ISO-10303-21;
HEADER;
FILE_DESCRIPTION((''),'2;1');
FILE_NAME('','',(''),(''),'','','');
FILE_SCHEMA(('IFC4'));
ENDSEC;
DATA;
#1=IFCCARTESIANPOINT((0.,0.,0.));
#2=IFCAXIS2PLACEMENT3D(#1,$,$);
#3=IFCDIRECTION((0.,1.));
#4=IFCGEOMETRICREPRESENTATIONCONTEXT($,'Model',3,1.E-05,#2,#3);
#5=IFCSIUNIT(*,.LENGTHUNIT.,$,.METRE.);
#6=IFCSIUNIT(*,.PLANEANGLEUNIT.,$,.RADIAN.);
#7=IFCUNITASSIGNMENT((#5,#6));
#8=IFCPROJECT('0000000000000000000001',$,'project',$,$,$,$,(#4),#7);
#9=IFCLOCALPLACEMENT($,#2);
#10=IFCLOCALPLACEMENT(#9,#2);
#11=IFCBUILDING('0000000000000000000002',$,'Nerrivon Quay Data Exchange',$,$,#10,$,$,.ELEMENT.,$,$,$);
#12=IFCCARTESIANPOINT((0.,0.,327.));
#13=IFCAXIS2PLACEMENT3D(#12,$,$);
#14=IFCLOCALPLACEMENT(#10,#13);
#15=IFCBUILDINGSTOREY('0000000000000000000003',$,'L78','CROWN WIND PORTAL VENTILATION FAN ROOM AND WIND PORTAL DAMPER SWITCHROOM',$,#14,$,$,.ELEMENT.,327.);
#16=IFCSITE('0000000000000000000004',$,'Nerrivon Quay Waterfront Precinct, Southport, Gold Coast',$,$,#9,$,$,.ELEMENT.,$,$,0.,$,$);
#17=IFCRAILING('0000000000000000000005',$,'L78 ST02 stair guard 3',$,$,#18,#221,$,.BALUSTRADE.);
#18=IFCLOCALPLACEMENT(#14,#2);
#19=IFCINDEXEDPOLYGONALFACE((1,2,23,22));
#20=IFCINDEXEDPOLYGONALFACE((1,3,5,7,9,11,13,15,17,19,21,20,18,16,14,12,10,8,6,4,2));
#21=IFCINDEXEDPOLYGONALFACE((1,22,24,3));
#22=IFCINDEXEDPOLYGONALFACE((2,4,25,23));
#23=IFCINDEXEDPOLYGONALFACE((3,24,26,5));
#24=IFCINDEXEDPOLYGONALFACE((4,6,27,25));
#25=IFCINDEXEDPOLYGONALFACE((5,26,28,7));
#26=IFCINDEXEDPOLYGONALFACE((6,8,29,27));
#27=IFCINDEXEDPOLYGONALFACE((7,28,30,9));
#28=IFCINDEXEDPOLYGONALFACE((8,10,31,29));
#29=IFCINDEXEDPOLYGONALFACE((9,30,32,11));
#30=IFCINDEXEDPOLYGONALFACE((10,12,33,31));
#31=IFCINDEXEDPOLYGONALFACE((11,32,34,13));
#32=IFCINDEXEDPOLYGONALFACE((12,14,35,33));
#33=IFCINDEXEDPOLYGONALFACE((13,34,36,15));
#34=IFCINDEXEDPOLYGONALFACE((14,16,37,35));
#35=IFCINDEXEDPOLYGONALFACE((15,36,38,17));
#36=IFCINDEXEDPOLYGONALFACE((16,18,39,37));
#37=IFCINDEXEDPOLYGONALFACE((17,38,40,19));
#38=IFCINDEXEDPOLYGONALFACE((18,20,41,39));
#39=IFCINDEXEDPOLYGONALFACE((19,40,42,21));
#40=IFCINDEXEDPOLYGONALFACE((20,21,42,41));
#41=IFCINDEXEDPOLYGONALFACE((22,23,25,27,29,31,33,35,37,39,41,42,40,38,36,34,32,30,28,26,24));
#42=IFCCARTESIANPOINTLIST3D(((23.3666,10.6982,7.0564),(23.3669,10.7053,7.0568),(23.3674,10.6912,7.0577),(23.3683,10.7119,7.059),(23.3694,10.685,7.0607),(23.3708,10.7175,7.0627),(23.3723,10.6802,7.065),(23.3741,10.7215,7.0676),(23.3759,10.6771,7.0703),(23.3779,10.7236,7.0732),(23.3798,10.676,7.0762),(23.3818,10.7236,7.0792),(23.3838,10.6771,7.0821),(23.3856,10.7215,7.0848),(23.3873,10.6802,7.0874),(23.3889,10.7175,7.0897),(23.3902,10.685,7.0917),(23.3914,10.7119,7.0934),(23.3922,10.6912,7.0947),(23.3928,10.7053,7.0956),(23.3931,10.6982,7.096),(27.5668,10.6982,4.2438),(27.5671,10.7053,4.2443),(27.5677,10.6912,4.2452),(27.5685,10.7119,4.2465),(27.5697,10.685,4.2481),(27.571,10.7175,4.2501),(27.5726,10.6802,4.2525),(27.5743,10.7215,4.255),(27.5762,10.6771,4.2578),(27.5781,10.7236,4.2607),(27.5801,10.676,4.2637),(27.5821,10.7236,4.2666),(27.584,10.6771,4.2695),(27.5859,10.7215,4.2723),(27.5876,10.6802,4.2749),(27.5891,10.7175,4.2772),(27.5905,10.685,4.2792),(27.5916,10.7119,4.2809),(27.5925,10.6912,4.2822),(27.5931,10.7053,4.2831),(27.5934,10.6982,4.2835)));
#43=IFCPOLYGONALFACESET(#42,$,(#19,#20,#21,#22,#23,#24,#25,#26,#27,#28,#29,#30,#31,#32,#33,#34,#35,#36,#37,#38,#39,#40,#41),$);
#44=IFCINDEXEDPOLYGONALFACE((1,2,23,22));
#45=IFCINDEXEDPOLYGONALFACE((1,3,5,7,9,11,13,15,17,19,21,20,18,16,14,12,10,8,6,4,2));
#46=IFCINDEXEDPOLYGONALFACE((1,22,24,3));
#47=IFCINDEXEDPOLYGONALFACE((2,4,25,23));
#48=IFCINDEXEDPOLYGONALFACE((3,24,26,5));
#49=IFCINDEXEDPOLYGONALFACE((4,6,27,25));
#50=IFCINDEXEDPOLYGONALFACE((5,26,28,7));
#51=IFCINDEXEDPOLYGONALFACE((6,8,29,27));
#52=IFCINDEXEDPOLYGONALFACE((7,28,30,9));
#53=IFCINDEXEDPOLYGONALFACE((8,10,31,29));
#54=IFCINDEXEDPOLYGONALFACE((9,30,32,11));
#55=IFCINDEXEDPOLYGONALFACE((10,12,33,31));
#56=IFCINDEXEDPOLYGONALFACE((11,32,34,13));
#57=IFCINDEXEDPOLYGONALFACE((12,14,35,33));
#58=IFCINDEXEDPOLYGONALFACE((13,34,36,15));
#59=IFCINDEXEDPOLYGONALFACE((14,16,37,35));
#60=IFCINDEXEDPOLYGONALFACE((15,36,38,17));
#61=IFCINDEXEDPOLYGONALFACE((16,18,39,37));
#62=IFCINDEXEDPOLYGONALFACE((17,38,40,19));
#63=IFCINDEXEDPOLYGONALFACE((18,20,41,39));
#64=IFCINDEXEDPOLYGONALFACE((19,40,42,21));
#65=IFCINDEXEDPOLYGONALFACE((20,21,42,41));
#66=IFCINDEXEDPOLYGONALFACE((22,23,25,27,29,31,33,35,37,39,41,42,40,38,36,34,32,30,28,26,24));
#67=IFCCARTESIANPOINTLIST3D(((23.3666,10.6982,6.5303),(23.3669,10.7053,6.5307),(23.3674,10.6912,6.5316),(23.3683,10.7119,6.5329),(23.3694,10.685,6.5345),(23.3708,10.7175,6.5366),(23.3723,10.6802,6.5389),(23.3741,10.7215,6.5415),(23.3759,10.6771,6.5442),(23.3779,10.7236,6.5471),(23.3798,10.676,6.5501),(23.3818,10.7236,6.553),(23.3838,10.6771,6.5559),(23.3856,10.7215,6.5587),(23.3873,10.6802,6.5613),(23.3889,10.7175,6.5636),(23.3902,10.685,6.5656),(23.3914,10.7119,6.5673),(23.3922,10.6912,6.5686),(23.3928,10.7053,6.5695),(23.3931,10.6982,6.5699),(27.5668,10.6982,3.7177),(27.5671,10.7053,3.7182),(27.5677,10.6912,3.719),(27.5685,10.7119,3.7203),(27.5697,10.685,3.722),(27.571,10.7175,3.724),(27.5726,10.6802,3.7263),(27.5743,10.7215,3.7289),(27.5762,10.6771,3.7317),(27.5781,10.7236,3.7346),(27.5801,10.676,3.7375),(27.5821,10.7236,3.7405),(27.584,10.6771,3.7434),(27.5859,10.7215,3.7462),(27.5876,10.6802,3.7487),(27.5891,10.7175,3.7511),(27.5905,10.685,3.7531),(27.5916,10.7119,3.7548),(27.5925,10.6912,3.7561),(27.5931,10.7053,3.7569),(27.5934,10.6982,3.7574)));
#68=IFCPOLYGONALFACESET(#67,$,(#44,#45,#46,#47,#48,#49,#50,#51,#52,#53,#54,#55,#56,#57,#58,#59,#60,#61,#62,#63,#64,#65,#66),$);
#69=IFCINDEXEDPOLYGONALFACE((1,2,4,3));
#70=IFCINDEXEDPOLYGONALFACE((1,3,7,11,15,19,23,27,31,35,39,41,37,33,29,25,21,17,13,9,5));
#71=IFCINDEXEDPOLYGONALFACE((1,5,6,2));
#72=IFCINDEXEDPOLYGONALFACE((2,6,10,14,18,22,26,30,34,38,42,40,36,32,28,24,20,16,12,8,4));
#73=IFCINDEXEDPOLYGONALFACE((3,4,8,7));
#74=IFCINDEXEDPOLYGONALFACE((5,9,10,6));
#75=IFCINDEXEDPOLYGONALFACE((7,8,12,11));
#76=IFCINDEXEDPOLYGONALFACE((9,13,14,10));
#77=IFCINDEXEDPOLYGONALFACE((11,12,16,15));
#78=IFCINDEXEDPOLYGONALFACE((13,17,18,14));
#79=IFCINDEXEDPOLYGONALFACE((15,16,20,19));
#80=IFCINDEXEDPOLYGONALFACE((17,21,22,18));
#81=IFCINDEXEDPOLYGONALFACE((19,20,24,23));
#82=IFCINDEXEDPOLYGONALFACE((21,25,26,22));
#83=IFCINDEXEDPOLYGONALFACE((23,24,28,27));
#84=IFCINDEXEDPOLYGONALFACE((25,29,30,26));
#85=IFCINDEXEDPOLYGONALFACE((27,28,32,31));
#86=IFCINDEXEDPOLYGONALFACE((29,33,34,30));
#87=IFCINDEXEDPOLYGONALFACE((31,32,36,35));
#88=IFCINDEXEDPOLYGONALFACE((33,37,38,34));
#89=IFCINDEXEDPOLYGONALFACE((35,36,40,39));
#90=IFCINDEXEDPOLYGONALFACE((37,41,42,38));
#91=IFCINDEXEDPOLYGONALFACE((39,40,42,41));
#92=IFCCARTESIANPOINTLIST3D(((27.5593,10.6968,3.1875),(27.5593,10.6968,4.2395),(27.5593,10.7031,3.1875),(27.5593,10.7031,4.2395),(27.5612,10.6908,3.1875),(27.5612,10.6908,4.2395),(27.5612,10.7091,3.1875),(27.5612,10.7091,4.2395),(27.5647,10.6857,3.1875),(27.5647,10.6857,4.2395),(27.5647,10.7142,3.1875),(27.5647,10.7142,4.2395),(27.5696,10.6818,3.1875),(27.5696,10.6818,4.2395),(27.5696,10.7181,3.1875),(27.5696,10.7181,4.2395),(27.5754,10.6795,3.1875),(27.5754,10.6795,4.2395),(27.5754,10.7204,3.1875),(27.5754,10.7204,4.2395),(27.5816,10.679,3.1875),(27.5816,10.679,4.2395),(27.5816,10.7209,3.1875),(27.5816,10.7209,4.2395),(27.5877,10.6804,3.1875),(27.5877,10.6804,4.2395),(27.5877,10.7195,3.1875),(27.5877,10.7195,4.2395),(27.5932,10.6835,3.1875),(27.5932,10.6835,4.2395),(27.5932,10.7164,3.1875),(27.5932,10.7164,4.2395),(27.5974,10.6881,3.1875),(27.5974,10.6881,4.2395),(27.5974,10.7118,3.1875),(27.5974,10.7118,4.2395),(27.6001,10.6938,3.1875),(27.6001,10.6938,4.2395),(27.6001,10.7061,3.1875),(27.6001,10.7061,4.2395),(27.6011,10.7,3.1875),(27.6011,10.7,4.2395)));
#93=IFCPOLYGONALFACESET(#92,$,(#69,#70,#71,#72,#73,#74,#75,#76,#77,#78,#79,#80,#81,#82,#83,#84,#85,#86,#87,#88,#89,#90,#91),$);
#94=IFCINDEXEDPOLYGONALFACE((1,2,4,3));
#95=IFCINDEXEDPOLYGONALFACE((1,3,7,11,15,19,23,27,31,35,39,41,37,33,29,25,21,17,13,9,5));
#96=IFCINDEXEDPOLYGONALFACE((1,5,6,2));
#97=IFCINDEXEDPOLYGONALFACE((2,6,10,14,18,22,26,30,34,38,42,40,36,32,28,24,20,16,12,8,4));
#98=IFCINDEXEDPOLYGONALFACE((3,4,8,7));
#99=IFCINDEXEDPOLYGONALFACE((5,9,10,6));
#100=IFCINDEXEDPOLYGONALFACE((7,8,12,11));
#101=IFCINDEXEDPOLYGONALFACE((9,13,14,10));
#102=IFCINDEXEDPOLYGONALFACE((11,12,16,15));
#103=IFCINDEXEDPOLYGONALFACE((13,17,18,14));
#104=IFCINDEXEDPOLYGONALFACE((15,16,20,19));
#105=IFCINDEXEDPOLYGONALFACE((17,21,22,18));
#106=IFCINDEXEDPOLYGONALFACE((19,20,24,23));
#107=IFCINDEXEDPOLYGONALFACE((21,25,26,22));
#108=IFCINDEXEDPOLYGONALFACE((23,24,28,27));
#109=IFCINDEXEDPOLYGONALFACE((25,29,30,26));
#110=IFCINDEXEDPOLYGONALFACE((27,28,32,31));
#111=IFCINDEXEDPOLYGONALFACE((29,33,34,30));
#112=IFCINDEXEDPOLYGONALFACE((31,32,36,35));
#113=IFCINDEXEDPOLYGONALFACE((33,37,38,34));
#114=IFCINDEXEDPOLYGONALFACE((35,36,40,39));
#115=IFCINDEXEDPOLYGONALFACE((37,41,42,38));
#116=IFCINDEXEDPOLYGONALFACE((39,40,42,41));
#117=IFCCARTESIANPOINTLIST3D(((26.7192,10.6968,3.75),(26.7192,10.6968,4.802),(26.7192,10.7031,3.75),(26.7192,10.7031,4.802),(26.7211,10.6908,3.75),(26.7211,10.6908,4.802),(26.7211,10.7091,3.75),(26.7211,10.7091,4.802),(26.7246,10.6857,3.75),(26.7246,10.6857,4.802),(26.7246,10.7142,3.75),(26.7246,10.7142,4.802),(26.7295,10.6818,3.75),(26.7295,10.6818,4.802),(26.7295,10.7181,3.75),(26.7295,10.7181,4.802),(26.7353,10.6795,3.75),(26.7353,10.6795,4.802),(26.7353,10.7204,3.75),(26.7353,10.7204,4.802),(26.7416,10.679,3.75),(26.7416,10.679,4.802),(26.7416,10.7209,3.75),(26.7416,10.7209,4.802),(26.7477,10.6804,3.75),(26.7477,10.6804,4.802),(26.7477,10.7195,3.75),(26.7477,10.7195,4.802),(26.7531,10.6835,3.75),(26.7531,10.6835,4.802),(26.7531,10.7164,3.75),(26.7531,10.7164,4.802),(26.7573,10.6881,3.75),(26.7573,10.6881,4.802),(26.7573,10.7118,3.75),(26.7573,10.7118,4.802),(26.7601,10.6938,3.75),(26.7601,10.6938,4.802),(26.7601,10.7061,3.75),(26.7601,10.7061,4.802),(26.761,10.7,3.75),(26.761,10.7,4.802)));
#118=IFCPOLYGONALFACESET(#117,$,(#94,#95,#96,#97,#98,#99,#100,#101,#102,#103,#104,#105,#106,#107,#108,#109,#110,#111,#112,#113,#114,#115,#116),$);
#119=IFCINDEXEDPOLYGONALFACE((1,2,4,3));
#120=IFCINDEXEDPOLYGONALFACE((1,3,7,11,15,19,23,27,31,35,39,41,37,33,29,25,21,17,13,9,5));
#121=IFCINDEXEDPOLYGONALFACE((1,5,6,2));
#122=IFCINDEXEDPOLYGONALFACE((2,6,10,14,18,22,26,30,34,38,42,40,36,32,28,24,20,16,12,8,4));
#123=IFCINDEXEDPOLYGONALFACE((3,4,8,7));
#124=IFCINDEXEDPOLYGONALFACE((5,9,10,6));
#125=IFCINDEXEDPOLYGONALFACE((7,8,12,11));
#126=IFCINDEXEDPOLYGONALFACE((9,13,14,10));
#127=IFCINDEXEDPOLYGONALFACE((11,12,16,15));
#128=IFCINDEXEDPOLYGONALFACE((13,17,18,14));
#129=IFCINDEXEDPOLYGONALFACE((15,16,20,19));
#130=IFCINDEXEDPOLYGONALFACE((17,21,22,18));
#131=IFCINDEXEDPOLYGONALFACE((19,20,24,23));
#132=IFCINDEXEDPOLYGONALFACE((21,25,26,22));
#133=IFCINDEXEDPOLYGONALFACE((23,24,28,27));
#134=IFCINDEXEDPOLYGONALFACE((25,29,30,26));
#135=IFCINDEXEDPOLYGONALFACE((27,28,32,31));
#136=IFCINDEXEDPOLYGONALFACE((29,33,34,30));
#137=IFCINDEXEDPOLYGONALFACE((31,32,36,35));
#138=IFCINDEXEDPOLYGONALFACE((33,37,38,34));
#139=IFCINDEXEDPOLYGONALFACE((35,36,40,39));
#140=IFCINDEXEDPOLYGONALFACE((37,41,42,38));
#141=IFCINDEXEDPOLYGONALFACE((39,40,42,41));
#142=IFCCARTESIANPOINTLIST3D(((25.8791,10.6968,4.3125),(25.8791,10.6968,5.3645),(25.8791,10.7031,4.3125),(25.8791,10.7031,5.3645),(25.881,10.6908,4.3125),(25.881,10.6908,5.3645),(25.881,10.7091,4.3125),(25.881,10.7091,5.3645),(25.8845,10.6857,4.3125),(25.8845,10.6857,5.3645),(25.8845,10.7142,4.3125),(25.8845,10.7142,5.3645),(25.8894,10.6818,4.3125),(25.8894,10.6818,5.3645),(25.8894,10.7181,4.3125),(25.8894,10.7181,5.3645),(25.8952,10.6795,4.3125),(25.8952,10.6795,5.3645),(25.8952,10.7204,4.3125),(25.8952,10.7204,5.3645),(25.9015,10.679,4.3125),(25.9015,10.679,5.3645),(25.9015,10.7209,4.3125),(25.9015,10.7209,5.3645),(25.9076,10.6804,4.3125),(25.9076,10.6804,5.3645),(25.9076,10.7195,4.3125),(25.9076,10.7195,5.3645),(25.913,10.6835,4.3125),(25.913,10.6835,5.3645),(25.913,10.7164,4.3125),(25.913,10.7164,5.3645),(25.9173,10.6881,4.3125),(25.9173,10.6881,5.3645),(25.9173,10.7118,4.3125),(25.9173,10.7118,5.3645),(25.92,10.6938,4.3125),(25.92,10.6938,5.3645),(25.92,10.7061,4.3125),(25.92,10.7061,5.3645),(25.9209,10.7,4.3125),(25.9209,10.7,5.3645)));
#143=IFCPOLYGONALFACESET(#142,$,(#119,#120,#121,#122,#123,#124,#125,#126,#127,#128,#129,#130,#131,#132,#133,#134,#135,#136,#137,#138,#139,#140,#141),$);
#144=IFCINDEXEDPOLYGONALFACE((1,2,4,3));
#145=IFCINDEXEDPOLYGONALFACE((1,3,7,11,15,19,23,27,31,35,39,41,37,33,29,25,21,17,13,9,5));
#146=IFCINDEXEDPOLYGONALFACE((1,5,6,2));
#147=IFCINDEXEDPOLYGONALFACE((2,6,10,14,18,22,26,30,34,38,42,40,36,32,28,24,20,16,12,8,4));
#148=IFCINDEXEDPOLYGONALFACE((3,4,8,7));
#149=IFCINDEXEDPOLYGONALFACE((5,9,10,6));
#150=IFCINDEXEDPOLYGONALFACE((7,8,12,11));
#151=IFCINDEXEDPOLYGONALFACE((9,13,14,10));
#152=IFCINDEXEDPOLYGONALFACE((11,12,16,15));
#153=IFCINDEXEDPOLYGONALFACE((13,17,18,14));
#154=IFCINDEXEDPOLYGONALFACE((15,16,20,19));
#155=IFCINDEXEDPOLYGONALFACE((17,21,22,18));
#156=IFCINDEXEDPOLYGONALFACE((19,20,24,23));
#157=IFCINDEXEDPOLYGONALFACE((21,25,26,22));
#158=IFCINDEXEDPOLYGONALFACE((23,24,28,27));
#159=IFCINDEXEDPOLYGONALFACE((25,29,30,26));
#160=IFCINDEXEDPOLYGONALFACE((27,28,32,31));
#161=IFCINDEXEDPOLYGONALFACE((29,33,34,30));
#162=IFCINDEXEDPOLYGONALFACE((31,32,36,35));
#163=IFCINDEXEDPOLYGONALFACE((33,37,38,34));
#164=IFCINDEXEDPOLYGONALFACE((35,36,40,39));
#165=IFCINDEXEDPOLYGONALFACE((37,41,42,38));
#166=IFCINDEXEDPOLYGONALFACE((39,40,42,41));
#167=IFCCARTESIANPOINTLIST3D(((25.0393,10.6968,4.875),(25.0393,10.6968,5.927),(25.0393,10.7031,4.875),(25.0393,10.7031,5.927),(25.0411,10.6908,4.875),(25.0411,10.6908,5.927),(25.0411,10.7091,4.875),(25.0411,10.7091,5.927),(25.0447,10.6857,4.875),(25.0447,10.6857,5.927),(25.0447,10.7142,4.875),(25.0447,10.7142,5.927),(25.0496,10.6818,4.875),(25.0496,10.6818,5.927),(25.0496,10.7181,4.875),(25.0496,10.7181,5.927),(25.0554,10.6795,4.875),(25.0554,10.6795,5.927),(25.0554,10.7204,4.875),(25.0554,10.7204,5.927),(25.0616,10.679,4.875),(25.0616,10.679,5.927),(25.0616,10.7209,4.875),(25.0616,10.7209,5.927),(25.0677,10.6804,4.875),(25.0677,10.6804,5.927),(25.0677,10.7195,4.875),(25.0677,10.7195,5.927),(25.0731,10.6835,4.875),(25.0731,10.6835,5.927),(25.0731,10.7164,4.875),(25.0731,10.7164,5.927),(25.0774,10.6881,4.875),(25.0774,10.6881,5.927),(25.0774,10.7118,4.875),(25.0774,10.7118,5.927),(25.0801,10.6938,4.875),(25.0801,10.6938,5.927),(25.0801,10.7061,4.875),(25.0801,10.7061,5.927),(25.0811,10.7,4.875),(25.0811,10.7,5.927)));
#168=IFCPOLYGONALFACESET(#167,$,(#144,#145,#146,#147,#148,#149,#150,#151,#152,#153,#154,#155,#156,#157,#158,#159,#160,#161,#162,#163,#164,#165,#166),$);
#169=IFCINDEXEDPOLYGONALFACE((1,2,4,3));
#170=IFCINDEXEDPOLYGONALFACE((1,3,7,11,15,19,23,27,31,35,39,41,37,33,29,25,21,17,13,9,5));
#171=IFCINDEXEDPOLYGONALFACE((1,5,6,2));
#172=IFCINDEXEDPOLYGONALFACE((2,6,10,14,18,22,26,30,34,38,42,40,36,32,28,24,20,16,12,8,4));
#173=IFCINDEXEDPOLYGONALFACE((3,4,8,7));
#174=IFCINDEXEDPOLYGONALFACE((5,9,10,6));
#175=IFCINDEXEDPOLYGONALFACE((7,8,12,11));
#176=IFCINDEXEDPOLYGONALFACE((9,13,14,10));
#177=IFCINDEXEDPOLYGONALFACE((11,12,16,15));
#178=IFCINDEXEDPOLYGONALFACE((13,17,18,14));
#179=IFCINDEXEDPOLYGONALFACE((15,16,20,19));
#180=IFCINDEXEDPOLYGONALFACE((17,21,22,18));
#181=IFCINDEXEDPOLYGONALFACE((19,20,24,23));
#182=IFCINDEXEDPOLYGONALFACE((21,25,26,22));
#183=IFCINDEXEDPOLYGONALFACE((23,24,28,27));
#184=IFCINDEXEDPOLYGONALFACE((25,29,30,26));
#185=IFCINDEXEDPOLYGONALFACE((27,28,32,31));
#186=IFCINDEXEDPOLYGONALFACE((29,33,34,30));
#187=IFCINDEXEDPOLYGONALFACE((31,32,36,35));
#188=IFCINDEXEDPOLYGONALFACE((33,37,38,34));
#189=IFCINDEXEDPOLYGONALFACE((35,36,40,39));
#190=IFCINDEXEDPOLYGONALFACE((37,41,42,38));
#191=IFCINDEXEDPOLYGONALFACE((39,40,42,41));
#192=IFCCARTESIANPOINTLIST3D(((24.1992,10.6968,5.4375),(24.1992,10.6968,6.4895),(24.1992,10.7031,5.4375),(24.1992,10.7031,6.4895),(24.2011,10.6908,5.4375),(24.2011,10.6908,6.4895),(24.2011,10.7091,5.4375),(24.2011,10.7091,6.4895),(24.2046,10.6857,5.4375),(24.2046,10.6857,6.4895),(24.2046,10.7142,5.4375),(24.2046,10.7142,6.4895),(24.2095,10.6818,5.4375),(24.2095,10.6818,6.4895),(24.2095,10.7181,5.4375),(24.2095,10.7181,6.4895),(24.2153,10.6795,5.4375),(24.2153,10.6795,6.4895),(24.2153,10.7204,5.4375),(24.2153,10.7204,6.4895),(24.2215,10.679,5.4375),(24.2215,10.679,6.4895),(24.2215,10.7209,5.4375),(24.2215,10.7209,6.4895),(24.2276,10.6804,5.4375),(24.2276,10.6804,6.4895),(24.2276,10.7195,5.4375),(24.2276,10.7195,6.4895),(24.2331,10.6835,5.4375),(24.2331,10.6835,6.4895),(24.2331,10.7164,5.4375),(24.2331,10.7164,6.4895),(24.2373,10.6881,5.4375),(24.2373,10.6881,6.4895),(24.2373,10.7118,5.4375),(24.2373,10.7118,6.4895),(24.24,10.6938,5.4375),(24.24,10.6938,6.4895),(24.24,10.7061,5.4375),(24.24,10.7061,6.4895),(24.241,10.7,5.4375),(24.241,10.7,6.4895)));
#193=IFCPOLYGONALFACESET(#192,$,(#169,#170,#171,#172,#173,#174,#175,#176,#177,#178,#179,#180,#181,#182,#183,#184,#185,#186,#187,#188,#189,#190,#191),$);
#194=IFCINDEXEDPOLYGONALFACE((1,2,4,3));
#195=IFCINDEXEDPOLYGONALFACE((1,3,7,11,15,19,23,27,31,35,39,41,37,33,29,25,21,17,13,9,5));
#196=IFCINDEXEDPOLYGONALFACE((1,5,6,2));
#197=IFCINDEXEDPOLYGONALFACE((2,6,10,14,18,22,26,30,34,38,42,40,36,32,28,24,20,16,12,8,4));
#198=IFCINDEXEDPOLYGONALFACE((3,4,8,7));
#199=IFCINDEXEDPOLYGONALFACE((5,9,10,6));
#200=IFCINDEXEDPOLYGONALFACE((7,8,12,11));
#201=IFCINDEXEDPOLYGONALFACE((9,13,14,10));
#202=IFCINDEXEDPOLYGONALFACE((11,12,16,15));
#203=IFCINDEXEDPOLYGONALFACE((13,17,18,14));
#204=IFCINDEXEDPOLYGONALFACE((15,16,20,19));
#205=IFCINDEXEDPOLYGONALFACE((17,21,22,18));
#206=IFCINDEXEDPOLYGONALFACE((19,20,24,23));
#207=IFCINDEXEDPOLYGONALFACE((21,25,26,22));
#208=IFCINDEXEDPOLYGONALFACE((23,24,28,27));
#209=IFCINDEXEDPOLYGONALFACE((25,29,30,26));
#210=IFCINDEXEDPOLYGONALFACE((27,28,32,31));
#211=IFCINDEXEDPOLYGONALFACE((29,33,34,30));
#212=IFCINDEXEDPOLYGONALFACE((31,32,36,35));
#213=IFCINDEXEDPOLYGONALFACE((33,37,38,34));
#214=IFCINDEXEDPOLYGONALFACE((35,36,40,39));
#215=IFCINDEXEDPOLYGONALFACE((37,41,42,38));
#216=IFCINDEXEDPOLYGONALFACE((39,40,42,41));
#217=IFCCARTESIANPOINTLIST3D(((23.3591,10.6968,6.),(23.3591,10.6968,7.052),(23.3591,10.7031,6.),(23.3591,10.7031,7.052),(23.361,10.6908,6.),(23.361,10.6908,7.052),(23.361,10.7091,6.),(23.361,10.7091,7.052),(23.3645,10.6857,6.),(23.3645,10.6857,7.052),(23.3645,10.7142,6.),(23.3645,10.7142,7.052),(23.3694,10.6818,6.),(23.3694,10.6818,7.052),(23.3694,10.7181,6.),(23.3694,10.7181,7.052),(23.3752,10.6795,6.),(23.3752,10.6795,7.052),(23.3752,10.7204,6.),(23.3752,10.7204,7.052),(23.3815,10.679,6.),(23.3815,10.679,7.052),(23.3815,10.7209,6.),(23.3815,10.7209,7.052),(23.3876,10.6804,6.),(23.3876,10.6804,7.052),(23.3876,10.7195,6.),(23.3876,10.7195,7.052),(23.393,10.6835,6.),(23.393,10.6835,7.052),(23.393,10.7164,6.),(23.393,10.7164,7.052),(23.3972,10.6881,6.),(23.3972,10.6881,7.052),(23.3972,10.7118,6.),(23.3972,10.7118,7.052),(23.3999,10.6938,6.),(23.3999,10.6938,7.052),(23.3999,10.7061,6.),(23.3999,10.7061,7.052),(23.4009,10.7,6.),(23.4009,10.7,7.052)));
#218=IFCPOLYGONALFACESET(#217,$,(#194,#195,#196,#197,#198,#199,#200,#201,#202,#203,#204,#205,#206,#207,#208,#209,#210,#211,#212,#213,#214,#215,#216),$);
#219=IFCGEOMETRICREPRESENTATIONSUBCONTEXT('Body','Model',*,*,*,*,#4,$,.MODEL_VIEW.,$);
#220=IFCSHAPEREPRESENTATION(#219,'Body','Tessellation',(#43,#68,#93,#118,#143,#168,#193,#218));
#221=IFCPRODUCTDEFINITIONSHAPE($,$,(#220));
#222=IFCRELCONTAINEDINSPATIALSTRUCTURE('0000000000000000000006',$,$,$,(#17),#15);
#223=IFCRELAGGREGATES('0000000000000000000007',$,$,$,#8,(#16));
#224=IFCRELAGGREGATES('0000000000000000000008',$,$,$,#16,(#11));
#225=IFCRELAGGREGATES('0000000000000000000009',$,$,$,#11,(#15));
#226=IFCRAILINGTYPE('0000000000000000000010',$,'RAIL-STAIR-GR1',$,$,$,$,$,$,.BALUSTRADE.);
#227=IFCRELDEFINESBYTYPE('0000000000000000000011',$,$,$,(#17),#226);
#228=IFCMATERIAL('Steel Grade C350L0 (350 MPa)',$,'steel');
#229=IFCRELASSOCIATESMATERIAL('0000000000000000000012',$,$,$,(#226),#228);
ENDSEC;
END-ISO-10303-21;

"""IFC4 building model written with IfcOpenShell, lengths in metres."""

from ifc_helpers import new_model, si_unit, direction, frame, origin, origin_2d, place, context, subcontext, project, spatial, circle, extrude, material, type_object, element, save


model = new_model("IFC4")

# Units and contexts
model_context = context("Model", 3, precision=1e-05, world=origin(), true_north=direction((0.0, 1.0)))
body_context = subcontext(model_context, "Body", "Model", "MODEL_VIEW")
ifc_project = project(units=[si_unit("LENGTHUNIT", "METRE"), si_unit("PLANEANGLEUNIT", "RADIAN")], contexts=[model_context])

# Site, building, storey
site_placement = place(None, origin())
site = spatial("IfcSite", under=ifc_project, at=site_placement, Name="Nerrivon Quay Waterfront Precinct, Southport, Gold Coast", CompositionType="ELEMENT", RefElevation=0.0)
building_placement = place(site_placement, origin())
building = spatial("IfcBuilding", under=site, at=building_placement, Name="Nerrivon Quay Data Exchange", CompositionType="ELEMENT")
storey_placement = place(building_placement, frame((0.0, 0.0, 327.0)))
storey = spatial("IfcBuildingStorey", under=building, at=storey_placement, Name="L78", Description="CROWN WIND PORTAL VENTILATION FAN ROOM AND WIND PORTAL DAMPER SWITCHROOM", CompositionType="ELEMENT", Elevation=327.0)

# Railing
ifc_material_1 = material(Name="Steel Grade C350L0 (350 MPa)", Category="steel")
railing_type_1 = type_object("IfcRailingType", Name="RAIL-STAIR-GR1", PredefinedType="BALUSTRADE", material=ifc_material_1)
railing_1_placement = place(storey_placement, frame((27.5801, 10.7, 3.1875)))
element("IfcRailing", 1, at=railing_1_placement, inside=storey, type_object=railing_type_1, Name="L78 ST02 stair guard 3", PredefinedType="BALUSTRADE", context=body_context, shape_type="SweptSolid", body=[
    extrude(circle(Radius=0.0239, at=origin_2d()), frame((0.0, 0.0, 1.0762), z_axis=(-0.830919, 0.0, 0.556393), x_axis=(0.0, -1.0, 0.0)), (0.0, 0.0, 1.0), 5.0549),
    extrude(circle(Radius=0.0239, at=origin_2d()), frame((0.0, 0.0, 0.55), z_axis=(-0.830919, 0.0, 0.556393), x_axis=(0.0, -1.0, 0.0)), (0.0, 0.0, 1.0), 5.0549),
    extrude(circle(Radius=0.021, at=origin_2d()), origin(), (0.0, 0.0, 1.0), 1.052),
    extrude(circle(Radius=0.021, at=origin_2d()), frame((-0.8401, 0.0, 0.5625)), (0.0, 0.0, 1.0), 1.052),
    extrude(circle(Radius=0.021, at=origin_2d()), frame((-1.6802, 0.0, 1.125)), (0.0, 0.0, 1.0), 1.052),
    extrude(circle(Radius=0.021, at=origin_2d()), frame((-2.52, 0.0, 1.6875)), (0.0, 0.0, 1.0), 1.052),
    extrude(circle(Radius=0.021, at=origin_2d()), frame((-3.3601, 0.0, 2.25)), (0.0, 0.0, 1.0), 1.052),
    extrude(circle(Radius=0.021, at=origin_2d()), frame((-4.2002, 0.0, 2.8125)), (0.0, 0.0, 1.0), 1.052),
])

save(model, "model.ifc")
